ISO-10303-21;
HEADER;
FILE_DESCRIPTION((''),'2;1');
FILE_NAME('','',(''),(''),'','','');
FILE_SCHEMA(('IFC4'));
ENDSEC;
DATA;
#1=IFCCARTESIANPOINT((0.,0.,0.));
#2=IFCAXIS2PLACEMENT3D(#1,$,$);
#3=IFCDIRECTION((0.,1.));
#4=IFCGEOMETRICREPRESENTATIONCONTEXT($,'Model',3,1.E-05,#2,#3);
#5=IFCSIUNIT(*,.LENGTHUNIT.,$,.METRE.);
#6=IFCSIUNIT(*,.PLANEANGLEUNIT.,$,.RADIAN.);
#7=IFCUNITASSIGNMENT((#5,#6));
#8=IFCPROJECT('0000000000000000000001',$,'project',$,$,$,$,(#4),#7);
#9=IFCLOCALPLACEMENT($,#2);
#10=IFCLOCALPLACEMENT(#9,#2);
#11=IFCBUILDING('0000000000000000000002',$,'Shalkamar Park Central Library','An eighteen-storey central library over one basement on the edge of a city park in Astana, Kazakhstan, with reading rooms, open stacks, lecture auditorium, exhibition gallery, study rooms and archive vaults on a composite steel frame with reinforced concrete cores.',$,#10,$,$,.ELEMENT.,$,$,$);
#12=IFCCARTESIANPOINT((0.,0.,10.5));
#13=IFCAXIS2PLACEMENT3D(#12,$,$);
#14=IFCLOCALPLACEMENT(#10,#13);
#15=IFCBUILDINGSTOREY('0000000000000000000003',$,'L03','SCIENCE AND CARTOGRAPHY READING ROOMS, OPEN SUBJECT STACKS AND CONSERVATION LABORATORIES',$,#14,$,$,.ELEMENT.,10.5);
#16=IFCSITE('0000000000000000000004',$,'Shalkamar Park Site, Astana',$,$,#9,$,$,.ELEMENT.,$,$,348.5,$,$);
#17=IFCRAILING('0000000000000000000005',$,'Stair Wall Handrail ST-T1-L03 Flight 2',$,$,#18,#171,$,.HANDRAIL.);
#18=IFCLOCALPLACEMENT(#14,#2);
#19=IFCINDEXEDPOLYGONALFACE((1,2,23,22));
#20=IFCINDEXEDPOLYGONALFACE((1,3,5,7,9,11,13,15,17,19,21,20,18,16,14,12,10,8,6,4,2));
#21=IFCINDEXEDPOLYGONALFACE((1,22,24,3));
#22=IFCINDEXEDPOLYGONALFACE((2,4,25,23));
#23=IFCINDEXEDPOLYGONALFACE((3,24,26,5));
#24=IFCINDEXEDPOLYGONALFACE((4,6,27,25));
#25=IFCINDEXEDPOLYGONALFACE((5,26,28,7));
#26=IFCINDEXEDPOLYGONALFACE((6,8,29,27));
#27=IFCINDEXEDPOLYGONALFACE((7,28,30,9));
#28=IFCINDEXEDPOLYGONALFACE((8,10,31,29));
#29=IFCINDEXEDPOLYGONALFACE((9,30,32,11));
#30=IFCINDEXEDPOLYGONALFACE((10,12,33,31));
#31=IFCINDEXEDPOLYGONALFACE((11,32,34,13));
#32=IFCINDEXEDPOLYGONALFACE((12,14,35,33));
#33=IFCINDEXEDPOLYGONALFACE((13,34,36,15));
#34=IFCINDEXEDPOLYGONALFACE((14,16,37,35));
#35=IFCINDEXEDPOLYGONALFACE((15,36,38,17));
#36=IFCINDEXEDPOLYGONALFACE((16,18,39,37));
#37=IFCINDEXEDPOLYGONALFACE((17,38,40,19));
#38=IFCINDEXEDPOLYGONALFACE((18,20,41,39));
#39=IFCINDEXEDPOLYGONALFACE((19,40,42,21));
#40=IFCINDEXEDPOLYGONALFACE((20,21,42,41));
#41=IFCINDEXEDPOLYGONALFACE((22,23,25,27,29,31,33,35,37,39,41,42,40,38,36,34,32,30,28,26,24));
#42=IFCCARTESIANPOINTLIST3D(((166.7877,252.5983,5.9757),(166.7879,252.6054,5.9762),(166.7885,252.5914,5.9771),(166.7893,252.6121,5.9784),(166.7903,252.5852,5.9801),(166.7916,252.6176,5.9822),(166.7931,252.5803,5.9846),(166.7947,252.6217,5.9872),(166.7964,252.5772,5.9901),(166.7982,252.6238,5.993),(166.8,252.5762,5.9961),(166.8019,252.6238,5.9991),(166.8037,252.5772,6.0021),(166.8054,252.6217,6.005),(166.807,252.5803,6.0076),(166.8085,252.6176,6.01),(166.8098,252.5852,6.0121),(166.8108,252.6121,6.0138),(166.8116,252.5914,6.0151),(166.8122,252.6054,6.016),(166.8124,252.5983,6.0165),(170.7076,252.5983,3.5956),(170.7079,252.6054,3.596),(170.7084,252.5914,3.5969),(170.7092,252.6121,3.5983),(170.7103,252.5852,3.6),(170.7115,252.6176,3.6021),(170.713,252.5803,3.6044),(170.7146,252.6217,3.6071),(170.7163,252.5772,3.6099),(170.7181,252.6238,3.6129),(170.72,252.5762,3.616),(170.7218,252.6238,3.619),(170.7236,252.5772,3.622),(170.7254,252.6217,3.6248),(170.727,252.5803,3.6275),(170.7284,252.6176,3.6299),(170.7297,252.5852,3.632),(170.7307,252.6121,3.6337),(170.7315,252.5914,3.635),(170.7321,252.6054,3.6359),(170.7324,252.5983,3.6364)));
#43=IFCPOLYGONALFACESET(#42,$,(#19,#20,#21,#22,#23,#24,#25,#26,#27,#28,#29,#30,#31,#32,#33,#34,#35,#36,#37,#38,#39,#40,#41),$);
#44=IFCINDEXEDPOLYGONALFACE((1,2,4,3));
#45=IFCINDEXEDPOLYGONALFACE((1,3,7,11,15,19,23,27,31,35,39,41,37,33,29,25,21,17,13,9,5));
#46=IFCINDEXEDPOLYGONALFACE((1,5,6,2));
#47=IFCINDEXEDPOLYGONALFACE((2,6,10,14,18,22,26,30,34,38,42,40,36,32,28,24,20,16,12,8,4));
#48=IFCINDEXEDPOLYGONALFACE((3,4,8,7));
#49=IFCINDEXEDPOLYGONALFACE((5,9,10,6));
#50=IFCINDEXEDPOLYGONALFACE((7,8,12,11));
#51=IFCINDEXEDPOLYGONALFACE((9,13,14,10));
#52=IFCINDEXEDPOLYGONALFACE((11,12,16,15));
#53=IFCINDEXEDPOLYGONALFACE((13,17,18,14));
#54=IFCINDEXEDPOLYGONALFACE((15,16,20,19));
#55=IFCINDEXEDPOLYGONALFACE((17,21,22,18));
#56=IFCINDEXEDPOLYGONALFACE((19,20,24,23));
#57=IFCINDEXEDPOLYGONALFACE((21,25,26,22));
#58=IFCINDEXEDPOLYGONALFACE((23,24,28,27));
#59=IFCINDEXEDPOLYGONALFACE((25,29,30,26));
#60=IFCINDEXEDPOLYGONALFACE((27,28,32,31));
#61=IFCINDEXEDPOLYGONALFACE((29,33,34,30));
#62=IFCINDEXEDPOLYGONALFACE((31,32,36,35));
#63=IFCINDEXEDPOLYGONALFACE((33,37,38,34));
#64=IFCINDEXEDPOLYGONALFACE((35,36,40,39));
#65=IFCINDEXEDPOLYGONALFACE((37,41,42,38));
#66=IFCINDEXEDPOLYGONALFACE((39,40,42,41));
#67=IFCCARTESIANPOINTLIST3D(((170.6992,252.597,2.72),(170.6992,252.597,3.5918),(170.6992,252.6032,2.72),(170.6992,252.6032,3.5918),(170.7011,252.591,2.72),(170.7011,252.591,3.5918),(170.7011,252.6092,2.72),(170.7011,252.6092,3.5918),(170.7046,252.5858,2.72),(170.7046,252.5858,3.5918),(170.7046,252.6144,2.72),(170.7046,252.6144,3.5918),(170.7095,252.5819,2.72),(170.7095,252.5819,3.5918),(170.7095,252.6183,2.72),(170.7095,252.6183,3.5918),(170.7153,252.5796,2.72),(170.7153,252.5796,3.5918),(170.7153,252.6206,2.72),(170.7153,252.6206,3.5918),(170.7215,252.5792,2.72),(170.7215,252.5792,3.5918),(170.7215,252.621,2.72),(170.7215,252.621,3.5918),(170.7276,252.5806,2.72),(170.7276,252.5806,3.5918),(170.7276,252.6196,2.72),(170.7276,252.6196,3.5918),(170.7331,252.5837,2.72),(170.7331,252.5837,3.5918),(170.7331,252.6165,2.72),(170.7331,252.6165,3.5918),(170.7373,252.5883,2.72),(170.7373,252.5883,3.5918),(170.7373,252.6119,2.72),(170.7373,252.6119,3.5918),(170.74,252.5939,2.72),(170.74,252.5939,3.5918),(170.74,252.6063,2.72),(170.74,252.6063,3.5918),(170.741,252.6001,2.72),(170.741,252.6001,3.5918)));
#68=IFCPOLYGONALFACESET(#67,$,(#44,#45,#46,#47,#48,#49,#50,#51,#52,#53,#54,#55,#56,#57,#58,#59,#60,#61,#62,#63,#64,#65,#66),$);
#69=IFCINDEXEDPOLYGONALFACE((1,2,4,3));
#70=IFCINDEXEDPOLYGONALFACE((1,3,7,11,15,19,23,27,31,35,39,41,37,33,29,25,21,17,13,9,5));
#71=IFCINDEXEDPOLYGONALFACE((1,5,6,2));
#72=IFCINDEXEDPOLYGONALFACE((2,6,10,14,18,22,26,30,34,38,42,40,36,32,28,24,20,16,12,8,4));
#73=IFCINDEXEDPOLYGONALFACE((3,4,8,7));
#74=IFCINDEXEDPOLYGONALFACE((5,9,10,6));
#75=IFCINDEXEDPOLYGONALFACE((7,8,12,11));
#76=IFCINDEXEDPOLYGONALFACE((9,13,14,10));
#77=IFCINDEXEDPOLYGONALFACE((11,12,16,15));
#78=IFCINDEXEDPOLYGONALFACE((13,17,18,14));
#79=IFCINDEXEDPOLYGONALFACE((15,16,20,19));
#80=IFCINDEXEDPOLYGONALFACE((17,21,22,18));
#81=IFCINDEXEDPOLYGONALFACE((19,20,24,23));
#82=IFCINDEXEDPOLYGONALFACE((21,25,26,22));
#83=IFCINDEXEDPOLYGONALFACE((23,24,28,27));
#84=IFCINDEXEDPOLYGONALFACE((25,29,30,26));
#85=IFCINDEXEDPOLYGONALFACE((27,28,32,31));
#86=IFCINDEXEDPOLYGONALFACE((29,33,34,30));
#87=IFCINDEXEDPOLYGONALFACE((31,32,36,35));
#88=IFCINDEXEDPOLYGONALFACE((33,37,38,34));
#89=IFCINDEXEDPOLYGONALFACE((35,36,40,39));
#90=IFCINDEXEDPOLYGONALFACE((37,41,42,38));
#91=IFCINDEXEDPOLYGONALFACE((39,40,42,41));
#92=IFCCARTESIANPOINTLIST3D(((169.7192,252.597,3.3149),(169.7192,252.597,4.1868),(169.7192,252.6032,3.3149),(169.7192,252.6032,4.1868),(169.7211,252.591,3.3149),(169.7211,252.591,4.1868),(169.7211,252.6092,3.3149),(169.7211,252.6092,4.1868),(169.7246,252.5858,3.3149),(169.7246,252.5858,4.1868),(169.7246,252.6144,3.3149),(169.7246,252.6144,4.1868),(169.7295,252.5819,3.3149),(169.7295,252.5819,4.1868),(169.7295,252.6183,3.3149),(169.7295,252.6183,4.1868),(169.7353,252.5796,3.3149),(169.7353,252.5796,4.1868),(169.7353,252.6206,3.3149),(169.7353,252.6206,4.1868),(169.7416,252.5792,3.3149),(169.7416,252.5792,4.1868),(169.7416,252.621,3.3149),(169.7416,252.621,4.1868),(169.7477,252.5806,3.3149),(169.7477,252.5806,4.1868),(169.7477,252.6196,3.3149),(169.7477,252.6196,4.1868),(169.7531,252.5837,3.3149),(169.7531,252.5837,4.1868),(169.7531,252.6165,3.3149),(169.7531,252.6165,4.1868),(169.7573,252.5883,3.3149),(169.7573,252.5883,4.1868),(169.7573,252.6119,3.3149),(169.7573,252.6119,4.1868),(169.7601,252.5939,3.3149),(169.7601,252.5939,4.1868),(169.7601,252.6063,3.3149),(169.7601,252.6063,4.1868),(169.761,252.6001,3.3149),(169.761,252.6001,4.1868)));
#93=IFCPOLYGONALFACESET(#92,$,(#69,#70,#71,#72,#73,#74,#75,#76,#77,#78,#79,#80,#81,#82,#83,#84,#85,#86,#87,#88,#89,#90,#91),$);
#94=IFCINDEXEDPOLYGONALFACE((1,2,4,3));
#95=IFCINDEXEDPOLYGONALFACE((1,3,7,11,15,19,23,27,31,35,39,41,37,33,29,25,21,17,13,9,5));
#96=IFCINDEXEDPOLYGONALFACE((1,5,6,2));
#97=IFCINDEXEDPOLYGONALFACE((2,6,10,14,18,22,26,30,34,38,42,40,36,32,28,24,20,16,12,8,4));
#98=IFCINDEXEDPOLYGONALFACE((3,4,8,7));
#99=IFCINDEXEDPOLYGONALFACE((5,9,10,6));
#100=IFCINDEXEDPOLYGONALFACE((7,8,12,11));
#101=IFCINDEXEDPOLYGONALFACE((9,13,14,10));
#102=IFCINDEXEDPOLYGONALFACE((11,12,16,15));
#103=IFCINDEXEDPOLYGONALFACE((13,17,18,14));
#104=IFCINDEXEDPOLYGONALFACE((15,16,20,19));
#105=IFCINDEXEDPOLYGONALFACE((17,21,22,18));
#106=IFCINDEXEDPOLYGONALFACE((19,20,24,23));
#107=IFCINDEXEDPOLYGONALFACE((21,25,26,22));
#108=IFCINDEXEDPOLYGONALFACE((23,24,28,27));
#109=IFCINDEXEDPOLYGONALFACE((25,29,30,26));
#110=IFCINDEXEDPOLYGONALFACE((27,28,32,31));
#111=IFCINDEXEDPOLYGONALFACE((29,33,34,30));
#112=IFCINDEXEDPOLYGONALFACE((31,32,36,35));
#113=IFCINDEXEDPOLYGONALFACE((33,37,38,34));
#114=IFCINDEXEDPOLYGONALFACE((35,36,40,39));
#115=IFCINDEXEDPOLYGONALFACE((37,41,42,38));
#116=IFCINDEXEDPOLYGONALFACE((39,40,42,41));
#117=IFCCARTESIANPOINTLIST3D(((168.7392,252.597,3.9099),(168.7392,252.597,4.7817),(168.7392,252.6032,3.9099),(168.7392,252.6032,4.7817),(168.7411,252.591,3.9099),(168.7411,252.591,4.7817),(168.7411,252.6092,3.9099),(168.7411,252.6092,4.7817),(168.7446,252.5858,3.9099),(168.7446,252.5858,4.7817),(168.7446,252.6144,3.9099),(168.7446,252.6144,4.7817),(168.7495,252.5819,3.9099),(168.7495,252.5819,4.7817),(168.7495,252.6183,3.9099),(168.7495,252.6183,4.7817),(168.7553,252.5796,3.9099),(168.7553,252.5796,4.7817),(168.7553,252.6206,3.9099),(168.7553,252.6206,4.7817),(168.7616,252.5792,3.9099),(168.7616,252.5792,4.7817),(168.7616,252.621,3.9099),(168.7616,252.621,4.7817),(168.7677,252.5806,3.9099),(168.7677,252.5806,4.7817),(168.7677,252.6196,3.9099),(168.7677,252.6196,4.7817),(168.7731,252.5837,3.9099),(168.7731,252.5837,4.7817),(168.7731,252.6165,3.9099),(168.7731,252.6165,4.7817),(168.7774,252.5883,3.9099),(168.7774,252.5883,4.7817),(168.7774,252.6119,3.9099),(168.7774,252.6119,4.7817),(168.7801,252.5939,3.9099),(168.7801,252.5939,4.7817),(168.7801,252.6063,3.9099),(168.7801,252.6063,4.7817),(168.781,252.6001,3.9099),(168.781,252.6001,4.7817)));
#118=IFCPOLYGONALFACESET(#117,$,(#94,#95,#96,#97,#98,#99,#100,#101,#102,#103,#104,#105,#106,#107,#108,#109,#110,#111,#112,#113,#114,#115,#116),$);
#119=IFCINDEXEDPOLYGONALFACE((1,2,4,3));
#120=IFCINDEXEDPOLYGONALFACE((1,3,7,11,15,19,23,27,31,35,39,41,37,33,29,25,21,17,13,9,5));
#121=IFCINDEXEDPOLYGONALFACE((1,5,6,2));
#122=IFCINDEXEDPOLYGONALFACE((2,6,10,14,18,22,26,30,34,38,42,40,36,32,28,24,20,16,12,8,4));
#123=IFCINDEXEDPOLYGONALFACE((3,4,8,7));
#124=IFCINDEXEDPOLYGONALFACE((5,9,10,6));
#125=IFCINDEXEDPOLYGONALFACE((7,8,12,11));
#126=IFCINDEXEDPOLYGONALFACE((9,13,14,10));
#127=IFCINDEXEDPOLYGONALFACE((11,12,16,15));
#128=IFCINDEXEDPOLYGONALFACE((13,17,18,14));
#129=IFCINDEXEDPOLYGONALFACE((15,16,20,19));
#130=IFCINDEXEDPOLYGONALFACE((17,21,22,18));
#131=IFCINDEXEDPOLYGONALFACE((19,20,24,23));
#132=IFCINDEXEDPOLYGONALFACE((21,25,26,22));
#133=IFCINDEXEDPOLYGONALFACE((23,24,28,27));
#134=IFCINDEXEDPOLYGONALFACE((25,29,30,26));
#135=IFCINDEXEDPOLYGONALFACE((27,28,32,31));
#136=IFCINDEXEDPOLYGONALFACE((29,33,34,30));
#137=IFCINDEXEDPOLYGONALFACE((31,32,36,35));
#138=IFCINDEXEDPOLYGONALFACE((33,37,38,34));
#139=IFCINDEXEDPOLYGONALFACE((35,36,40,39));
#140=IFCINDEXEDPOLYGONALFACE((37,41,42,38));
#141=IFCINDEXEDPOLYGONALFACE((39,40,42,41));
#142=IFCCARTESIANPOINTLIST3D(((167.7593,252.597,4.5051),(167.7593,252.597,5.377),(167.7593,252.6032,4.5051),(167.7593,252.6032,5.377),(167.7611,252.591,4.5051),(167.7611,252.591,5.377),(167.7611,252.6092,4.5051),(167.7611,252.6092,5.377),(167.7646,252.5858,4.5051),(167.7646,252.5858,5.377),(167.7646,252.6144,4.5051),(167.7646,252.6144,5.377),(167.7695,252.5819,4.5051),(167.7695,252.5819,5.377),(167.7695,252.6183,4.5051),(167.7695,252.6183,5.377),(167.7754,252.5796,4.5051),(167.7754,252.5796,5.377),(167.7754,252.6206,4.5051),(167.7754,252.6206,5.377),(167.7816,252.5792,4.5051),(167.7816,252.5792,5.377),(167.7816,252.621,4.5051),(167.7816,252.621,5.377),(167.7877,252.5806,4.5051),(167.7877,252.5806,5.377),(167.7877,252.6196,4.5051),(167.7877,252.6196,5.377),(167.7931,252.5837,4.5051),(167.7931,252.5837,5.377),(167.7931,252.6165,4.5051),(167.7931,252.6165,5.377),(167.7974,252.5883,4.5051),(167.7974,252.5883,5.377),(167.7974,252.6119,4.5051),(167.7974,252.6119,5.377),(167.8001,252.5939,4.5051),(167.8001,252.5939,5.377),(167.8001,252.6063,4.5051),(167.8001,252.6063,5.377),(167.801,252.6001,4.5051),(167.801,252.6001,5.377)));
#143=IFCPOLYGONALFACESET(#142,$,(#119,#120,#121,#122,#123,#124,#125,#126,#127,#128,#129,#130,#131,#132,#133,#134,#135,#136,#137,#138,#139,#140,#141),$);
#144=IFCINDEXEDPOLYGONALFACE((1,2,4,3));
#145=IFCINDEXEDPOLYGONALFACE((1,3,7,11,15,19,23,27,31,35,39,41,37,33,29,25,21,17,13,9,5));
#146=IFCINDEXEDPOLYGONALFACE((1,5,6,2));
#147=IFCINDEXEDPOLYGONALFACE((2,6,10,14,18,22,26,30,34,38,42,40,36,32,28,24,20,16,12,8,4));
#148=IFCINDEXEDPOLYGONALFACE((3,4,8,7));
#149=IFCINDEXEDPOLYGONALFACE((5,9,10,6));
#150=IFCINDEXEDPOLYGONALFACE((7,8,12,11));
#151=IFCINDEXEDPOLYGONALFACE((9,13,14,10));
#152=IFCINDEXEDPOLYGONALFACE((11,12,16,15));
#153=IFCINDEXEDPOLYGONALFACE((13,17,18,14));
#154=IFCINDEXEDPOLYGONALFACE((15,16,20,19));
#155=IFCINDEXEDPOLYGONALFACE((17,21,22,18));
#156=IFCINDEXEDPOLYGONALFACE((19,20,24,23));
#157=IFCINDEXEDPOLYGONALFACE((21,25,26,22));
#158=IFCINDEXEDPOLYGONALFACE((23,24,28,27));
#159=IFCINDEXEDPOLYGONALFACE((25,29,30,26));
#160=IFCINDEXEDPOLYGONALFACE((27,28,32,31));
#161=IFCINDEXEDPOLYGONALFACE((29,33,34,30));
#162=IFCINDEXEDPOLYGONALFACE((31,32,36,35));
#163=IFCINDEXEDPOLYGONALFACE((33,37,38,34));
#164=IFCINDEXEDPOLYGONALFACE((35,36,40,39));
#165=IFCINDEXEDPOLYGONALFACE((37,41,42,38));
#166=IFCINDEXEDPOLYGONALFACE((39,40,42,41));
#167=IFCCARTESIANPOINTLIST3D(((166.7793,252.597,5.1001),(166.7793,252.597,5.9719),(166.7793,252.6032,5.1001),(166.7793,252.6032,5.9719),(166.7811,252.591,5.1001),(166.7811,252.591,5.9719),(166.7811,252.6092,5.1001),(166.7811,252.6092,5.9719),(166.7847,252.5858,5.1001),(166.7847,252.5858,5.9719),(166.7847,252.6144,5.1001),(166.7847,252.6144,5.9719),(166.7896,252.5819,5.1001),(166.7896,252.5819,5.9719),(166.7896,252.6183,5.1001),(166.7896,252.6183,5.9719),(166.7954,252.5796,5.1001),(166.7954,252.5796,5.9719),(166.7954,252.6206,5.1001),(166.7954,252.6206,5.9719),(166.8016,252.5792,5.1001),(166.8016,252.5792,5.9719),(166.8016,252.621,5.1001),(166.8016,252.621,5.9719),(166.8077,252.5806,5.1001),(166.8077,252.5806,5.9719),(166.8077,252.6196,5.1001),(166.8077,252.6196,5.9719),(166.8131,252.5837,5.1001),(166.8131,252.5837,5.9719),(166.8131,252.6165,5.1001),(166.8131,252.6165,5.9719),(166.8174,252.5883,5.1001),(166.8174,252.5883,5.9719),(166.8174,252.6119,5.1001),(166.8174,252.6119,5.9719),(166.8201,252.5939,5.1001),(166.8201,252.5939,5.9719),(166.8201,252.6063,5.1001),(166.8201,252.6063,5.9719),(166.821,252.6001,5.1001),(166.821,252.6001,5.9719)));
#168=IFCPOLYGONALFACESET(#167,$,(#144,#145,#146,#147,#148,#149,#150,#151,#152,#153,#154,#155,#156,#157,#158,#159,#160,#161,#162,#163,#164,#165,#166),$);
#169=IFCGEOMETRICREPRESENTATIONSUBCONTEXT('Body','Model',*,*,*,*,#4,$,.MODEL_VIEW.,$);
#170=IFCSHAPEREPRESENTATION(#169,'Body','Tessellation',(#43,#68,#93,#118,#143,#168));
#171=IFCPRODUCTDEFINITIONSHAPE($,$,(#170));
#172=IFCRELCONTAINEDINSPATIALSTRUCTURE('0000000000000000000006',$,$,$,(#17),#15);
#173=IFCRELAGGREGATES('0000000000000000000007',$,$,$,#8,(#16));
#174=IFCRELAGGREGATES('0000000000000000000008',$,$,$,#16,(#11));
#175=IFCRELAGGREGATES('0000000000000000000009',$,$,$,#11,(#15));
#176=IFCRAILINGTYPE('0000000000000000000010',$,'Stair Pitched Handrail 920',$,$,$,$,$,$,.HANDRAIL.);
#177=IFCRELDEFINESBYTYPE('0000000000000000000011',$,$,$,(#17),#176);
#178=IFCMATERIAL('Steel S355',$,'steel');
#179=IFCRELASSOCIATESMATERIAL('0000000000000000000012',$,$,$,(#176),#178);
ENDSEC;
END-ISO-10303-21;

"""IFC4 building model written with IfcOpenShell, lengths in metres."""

from ifc_helpers import new_model, si_unit, direction, frame, origin, origin_2d, place, context, subcontext, project, spatial, circle, extrude, material, type_object, element, save


model = new_model("IFC4")

# Units and contexts
model_context = context("Model", 3, precision=1e-05, world=origin(), true_north=direction((0.0, 1.0)))
body_context = subcontext(model_context, "Body", "Model", "MODEL_VIEW")
ifc_project = project(units=[si_unit("LENGTHUNIT", "METRE"), si_unit("PLANEANGLEUNIT", "RADIAN")], contexts=[model_context])

# Site, building, storey
site_placement = place(None, origin())
site = spatial("IfcSite", under=ifc_project, at=site_placement, Name="Shalkamar Park Site, Astana", CompositionType="ELEMENT", RefElevation=348.5)
building_placement = place(site_placement, origin())
building = spatial("IfcBuilding", under=site, at=building_placement, Name="Shalkamar Park Central Library", Description="An eighteen-storey central library over one basement on the edge of a city park in Astana, Kazakhstan, with reading rooms, open stacks, lecture auditorium, exhibition gallery, study rooms and archive vaults on a composite steel frame with reinforced concrete cores.", CompositionType="ELEMENT")
storey_placement = place(building_placement, frame((0.0, 0.0, 10.5)))
storey = spatial("IfcBuildingStorey", under=building, at=storey_placement, Name="L03", Description="SCIENCE AND CARTOGRAPHY READING ROOMS, OPEN SUBJECT STACKS AND CONSERVATION LABORATORIES", CompositionType="ELEMENT", Elevation=10.5)

# Shared definitions
ifc_material_1 = material(Name="Steel S355", Category="steel")

# Railing
railing_type_1 = type_object("IfcRailingType", Name="Stair Pitched Handrail 920", PredefinedType="HANDRAIL", material=ifc_material_1)
railing_1_placement = place(storey_placement, frame((170.72, 252.6001, 2.72)))
element("IfcRailing", 1, at=railing_1_placement, inside=storey, type_object=railing_type_1, Name="Stair Wall Handrail ST-T1-L03 Flight 2", PredefinedType="HANDRAIL", context=body_context, shape_type="SweptSolid", body=[
    extrude(circle(Radius=0.0239, at=origin_2d()), frame((0.0, 0.0, 0.896), z_axis=(-0.854771, 0.0, 0.519006), x_axis=(0.0, -1.0, 0.0)), (0.0, 0.0, 1.0), 4.5859),
    extrude(circle(Radius=0.021, at=origin_2d()), origin(), (0.0, 0.0, 1.0), 0.8718),
    extrude(circle(Radius=0.021, at=origin_2d()), frame((-0.98, 0.0, 0.595)), (0.0, 0.0, 1.0), 0.8718),
    extrude(circle(Radius=0.021, at=origin_2d()), frame((-1.96, 0.0, 1.1899)), (0.0, 0.0, 1.0), 0.8718),
    extrude(circle(Radius=0.021, at=origin_2d()), frame((-2.9399, 0.0, 1.7852)), (0.0, 0.0, 1.0), 0.8718),
    extrude(circle(Radius=0.021, at=origin_2d()), frame((-3.9199, 0.0, 2.3801)), (0.0, 0.0, 1.0), 0.8718),
])

save(model, "model.ifc")
